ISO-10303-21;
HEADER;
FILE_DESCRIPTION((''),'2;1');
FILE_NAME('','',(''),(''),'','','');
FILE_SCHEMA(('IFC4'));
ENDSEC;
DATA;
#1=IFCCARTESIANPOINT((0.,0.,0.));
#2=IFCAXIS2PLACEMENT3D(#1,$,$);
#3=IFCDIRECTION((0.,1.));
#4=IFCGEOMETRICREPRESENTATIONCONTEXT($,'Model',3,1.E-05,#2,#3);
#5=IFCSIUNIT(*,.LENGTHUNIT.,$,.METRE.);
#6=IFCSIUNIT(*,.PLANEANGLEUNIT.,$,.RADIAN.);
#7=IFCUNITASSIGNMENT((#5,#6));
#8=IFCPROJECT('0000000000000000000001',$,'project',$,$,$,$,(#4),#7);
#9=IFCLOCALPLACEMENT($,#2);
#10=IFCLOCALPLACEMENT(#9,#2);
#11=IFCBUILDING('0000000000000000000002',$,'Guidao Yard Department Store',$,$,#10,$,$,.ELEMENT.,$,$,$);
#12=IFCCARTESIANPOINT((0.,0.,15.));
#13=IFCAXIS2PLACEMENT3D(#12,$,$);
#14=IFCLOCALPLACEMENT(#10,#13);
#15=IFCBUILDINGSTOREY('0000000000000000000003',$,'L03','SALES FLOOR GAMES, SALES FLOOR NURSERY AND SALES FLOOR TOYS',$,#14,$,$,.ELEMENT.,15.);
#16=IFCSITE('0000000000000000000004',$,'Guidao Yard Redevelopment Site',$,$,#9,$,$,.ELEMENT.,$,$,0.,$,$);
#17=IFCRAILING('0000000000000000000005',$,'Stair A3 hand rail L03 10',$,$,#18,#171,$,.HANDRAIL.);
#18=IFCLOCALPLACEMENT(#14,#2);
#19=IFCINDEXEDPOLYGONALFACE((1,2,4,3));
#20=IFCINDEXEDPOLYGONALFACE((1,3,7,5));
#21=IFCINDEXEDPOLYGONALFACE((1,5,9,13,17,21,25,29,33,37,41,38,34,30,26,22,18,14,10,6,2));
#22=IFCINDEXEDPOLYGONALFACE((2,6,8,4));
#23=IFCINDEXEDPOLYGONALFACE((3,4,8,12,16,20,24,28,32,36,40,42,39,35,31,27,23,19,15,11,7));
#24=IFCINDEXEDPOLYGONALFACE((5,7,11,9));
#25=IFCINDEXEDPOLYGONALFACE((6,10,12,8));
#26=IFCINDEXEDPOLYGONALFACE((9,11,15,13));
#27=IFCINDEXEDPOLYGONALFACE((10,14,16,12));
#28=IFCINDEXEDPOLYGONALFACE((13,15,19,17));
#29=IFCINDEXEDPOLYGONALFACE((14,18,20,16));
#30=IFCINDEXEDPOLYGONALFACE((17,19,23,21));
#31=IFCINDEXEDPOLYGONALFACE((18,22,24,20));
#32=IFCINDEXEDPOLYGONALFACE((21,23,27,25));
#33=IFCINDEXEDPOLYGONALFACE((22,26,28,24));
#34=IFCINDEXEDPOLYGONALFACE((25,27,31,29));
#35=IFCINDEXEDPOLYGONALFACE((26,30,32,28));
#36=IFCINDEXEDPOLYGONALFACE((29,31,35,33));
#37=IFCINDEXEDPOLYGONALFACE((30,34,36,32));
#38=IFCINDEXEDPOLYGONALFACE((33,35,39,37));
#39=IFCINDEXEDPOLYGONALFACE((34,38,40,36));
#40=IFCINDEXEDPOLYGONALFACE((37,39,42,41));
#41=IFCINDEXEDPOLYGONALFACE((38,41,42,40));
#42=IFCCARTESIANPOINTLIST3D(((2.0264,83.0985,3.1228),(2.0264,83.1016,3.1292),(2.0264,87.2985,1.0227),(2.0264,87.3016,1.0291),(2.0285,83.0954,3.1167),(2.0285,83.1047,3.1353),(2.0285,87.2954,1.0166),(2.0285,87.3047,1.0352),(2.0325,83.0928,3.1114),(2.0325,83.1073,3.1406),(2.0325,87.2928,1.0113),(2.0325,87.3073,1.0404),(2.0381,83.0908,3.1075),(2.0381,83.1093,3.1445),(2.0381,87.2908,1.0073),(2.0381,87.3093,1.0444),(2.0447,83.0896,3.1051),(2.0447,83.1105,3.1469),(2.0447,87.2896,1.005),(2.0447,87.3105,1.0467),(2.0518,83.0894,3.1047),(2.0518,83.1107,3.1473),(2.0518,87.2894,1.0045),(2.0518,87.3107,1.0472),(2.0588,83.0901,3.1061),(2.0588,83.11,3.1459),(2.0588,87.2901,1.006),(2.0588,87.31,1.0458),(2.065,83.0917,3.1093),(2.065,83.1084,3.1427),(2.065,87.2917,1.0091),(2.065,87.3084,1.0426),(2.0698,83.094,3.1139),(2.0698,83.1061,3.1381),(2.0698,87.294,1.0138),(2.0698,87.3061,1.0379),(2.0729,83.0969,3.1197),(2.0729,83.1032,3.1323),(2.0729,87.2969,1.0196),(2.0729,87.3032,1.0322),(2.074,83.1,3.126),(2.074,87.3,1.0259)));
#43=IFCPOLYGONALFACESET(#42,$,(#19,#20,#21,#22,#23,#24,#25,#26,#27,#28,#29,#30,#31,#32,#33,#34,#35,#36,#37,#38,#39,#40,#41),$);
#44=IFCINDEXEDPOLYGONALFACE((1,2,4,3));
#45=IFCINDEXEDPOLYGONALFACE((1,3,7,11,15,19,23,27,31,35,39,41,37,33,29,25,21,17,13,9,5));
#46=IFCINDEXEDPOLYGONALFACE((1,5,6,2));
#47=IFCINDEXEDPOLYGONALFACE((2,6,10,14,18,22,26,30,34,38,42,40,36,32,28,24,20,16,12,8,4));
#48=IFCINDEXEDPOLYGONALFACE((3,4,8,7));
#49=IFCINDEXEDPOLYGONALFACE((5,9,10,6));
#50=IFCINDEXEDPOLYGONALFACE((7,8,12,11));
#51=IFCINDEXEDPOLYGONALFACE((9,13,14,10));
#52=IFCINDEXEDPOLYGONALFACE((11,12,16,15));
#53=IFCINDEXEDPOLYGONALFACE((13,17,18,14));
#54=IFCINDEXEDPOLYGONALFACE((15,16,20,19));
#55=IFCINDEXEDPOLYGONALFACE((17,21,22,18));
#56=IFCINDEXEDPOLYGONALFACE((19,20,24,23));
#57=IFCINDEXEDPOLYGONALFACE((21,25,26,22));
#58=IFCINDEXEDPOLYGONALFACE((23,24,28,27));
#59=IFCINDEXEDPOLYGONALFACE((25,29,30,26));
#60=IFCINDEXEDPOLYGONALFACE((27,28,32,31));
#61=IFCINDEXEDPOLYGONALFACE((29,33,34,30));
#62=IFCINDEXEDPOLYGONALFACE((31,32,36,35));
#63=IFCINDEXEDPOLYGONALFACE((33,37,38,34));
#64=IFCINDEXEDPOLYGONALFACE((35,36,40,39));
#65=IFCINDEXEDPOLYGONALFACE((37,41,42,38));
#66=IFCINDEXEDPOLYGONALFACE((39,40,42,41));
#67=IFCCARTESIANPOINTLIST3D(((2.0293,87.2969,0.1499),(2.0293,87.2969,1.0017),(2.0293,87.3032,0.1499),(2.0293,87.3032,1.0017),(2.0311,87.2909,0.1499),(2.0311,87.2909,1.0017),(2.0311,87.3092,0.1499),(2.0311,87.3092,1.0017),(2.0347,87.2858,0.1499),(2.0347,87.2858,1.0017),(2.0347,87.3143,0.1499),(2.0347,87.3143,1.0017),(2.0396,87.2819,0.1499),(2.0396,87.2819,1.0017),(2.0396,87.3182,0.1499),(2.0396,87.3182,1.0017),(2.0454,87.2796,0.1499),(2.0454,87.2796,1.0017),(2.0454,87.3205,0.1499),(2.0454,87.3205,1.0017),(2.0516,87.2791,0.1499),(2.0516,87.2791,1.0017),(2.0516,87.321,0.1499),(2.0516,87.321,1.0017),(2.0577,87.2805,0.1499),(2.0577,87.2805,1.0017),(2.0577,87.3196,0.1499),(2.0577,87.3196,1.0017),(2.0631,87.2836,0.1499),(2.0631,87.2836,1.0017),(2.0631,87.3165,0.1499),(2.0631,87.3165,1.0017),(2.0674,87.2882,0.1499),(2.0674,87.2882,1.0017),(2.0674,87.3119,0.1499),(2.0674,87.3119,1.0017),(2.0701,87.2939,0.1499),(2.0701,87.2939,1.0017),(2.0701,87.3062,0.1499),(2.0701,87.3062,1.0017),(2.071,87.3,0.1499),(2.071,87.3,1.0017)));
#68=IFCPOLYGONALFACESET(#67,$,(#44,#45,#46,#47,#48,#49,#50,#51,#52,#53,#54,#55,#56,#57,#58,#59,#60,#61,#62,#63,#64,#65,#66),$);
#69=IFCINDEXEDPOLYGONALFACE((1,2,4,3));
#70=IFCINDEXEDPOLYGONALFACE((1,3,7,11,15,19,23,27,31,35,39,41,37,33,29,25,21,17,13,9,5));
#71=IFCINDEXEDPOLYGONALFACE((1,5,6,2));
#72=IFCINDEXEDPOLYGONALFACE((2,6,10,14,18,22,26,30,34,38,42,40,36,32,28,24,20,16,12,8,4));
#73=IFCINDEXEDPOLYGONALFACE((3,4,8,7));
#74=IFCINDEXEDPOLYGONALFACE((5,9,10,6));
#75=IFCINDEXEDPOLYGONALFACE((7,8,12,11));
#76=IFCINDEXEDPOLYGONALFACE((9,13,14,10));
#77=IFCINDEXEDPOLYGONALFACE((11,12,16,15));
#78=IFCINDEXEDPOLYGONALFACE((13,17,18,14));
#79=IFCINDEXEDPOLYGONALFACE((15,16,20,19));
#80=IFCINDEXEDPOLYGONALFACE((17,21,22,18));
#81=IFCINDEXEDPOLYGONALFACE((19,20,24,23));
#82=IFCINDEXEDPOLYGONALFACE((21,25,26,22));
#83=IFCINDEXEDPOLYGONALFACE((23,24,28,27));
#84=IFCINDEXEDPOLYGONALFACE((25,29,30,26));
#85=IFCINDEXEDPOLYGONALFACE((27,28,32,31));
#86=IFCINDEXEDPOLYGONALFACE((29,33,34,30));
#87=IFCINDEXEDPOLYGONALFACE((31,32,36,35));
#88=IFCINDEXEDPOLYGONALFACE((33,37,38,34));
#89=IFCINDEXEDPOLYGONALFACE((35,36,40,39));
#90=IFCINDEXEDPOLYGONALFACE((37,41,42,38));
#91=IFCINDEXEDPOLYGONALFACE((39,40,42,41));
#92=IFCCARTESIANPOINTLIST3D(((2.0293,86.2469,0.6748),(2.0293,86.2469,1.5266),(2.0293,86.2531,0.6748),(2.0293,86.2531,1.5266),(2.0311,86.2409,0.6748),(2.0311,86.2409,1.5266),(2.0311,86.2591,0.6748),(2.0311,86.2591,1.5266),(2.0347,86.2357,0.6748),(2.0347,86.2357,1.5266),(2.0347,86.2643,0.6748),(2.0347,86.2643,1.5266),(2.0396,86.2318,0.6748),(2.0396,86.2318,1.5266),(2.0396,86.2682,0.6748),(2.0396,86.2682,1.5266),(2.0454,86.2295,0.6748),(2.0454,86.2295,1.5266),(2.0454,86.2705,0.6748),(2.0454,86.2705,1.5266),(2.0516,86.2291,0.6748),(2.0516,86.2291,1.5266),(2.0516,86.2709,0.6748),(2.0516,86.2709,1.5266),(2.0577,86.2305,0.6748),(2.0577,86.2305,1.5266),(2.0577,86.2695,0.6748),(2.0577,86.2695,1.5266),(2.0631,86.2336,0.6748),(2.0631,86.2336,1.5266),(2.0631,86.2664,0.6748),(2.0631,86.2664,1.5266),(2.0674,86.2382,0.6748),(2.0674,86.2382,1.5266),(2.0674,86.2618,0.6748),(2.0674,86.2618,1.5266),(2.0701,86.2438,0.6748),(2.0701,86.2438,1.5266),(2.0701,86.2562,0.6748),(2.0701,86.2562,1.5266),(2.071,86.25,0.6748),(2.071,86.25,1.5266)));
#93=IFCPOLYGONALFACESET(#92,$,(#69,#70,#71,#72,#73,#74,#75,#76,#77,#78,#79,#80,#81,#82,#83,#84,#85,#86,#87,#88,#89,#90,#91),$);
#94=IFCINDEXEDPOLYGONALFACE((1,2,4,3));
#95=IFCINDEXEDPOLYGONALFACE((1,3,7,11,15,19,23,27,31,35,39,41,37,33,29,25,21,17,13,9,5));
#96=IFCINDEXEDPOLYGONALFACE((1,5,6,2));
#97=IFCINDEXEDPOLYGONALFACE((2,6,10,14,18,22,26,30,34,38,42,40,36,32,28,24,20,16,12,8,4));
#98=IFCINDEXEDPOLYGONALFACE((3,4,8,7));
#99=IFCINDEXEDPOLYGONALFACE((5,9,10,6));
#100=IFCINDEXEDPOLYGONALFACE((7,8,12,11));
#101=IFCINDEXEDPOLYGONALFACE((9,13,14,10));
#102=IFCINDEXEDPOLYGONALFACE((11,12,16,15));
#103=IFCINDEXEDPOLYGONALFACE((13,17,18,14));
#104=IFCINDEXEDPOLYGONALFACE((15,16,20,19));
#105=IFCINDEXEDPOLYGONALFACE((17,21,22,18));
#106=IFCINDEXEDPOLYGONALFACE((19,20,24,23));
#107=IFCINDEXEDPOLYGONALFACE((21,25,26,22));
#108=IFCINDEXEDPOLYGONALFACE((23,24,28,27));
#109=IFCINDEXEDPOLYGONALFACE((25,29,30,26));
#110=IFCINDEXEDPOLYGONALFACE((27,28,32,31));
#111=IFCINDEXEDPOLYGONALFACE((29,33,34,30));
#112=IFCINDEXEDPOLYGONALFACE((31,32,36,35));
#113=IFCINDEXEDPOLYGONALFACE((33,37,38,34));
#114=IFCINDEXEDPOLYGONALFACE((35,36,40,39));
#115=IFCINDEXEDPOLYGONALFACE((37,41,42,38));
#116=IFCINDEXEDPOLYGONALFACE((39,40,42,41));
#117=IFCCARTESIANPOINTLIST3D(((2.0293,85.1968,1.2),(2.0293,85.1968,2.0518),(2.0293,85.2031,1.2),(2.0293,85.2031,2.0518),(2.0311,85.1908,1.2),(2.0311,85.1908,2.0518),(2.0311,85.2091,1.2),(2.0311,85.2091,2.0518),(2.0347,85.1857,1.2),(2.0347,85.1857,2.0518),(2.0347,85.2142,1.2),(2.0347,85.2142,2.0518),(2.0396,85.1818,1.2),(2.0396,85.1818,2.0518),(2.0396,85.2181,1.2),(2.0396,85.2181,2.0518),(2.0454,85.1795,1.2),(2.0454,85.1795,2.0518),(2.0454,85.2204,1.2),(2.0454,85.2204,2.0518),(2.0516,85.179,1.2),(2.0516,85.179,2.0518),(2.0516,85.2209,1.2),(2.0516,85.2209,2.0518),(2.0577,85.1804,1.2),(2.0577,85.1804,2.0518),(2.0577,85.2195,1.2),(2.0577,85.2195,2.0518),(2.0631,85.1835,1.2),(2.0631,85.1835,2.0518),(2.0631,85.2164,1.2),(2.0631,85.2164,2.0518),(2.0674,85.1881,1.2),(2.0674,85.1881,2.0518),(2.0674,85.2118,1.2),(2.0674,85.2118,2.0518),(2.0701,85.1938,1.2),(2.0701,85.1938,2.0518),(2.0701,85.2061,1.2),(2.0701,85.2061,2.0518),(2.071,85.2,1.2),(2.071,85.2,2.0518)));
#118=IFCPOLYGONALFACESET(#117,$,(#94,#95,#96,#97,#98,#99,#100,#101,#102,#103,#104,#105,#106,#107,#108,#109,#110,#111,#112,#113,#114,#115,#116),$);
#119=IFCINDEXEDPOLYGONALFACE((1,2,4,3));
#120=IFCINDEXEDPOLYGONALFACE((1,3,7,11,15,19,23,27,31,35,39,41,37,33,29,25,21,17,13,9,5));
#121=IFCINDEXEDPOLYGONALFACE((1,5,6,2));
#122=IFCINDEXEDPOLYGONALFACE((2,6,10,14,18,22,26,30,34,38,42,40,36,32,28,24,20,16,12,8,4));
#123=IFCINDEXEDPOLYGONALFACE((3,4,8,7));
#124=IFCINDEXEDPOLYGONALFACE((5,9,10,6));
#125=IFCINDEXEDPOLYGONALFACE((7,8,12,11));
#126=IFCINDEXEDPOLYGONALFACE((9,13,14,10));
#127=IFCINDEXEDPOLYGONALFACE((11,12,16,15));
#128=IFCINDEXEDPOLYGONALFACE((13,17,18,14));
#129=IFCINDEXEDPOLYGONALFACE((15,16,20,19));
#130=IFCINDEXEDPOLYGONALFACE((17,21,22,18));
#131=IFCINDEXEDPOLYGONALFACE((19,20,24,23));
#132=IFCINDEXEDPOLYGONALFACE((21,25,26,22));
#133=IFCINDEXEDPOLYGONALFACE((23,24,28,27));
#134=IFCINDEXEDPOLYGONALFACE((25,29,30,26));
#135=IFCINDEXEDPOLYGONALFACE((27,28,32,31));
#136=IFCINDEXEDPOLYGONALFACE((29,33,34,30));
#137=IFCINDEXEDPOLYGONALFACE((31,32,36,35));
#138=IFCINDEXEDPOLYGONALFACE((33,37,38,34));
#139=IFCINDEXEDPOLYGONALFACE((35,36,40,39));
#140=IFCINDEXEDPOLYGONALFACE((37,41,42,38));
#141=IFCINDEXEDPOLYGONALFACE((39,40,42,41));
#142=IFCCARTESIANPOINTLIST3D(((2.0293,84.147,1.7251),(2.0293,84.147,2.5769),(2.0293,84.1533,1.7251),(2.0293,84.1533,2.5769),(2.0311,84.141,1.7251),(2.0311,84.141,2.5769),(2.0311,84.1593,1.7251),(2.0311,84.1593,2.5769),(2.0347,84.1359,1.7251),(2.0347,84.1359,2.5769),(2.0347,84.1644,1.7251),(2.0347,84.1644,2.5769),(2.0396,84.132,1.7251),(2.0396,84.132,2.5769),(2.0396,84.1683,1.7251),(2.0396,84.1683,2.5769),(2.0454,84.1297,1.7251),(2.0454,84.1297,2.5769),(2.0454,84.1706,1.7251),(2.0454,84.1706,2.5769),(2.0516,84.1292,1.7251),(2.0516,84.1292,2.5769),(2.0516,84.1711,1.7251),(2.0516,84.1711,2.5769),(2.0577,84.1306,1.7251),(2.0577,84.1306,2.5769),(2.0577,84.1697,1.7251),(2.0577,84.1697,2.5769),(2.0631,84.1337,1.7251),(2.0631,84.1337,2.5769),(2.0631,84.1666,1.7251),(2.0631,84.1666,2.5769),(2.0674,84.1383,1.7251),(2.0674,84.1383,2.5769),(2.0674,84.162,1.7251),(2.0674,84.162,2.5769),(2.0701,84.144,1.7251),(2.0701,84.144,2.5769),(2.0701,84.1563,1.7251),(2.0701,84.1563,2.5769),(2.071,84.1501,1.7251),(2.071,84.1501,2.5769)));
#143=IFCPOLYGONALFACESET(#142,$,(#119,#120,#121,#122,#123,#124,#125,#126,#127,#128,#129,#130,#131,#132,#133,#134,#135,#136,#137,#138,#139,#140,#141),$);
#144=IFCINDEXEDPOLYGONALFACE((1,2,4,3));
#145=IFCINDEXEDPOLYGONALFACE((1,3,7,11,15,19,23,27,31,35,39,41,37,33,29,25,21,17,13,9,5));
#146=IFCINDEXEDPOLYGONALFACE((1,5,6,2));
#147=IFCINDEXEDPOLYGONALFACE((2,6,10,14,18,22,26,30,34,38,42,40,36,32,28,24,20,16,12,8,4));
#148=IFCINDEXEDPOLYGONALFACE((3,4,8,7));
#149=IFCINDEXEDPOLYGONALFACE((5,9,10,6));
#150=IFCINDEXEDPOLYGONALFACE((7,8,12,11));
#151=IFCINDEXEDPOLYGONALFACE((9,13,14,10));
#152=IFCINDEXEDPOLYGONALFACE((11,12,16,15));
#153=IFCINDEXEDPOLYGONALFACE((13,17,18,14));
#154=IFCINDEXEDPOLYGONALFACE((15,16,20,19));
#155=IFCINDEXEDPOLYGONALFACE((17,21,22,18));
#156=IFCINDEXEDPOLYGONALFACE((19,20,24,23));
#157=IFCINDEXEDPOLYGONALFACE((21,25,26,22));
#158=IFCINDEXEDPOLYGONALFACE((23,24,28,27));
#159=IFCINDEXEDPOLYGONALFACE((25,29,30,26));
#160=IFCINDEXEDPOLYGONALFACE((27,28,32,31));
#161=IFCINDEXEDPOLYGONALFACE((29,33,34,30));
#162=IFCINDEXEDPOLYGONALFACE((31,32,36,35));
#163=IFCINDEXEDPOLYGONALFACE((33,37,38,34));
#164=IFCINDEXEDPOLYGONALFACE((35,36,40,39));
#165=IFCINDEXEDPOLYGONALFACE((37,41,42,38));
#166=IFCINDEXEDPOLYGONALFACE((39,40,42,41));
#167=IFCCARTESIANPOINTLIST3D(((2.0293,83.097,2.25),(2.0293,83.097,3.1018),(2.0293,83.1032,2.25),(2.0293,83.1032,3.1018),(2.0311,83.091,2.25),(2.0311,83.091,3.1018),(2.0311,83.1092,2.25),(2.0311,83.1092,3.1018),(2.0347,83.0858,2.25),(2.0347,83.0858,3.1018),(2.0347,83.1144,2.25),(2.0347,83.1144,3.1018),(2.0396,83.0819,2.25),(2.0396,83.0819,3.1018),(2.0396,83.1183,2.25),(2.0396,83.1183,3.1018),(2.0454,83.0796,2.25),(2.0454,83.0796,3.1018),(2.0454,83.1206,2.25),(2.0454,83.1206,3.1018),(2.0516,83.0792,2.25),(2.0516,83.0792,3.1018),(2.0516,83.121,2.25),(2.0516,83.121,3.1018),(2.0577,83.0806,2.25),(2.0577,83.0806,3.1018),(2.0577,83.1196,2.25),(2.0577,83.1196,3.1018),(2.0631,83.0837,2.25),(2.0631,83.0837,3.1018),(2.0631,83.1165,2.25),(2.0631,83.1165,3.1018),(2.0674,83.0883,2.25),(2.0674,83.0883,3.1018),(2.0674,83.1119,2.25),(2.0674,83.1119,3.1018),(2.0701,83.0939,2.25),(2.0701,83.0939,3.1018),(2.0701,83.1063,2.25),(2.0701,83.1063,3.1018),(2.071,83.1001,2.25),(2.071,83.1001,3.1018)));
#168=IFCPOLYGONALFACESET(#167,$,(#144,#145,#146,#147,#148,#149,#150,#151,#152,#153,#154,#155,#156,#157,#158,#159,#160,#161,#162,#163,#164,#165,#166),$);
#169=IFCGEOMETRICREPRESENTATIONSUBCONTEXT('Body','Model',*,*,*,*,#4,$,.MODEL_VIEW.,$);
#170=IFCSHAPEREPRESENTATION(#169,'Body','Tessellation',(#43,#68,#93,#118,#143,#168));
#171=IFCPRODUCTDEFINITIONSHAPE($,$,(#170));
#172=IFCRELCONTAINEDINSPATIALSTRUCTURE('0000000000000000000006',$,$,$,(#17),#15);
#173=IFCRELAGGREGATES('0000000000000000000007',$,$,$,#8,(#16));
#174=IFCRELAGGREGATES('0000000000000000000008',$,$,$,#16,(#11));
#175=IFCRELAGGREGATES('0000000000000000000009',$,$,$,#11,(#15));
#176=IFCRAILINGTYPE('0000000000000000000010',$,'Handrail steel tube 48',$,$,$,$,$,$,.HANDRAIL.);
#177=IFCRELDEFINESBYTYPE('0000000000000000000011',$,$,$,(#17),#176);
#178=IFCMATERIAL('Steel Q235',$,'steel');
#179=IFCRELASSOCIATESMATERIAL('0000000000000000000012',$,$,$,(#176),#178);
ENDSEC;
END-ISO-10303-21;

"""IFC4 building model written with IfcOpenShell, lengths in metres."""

from ifc_helpers import new_model, si_unit, direction, frame, origin, origin_2d, place, context, subcontext, project, spatial, circle, extrude, material, type_object, element, save


model = new_model("IFC4")

# Units and contexts
model_context = context("Model", 3, precision=1e-05, world=origin(), true_north=direction((0.0, 1.0)))
body_context = subcontext(model_context, "Body", "Model", "MODEL_VIEW")
ifc_project = project(units=[si_unit("LENGTHUNIT", "METRE"), si_unit("PLANEANGLEUNIT", "RADIAN")], contexts=[model_context])

# Site, building, storey
site_placement = place(None, origin())
site = spatial("IfcSite", under=ifc_project, at=site_placement, Name="Guidao Yard Redevelopment Site", CompositionType="ELEMENT", RefElevation=0.0)
building_placement = place(site_placement, origin())
building = spatial("IfcBuilding", under=site, at=building_placement, Name="Guidao Yard Department Store", CompositionType="ELEMENT")
storey_placement = place(building_placement, frame((0.0, 0.0, 15.0)))
storey = spatial("IfcBuildingStorey", under=building, at=storey_placement, Name="L03", Description="SALES FLOOR GAMES, SALES FLOOR NURSERY AND SALES FLOOR TOYS", CompositionType="ELEMENT", Elevation=15.0)

# Railing
ifc_material_1 = material(Name="Steel Q235", Category="steel")
railing_type_1 = type_object("IfcRailingType", Name="Handrail steel tube 48", PredefinedType="HANDRAIL", material=ifc_material_1)
for number, where, name in (
    (1, (2.05, 87.3, 0.1499), "Stair A3 hand rail L03 10"),
):
    element("IfcRailing", number, at=place(storey_placement, frame(where)), inside=storey, type_object=railing_type_1, Name=name, PredefinedType="HANDRAIL", context=body_context, shape_type="SweptSolid", body=[
        extrude(circle(Radius=0.0239, at=origin_2d()), frame((0.0, 0.0, 0.876), z_axis=(0.0, -0.894417, 0.447234), x_axis=(1.0, 0.0, 0.0)), (0.0, 0.0, 1.0), 4.6958),
        extrude(circle(Radius=0.021, at=origin_2d()), origin(), (0.0, 0.0, 1.0), 0.8518),
        extrude(circle(Radius=0.021, at=origin_2d()), frame((0.0, -1.05, 0.5249)), (0.0, 0.0, 1.0), 0.8518),
        extrude(circle(Radius=0.021, at=origin_2d()), frame((0.0, -2.1001, 1.05)), (0.0, 0.0, 1.0), 0.8518),
        extrude(circle(Radius=0.021, at=origin_2d()), frame((0.0, -3.1499, 1.5752)), (0.0, 0.0, 1.0), 0.8518),
        extrude(circle(Radius=0.021, at=origin_2d()), frame((0.0, -4.2, 2.1001)), (0.0, 0.0, 1.0), 0.8518),
    ])

save(model, "model.ifc")
